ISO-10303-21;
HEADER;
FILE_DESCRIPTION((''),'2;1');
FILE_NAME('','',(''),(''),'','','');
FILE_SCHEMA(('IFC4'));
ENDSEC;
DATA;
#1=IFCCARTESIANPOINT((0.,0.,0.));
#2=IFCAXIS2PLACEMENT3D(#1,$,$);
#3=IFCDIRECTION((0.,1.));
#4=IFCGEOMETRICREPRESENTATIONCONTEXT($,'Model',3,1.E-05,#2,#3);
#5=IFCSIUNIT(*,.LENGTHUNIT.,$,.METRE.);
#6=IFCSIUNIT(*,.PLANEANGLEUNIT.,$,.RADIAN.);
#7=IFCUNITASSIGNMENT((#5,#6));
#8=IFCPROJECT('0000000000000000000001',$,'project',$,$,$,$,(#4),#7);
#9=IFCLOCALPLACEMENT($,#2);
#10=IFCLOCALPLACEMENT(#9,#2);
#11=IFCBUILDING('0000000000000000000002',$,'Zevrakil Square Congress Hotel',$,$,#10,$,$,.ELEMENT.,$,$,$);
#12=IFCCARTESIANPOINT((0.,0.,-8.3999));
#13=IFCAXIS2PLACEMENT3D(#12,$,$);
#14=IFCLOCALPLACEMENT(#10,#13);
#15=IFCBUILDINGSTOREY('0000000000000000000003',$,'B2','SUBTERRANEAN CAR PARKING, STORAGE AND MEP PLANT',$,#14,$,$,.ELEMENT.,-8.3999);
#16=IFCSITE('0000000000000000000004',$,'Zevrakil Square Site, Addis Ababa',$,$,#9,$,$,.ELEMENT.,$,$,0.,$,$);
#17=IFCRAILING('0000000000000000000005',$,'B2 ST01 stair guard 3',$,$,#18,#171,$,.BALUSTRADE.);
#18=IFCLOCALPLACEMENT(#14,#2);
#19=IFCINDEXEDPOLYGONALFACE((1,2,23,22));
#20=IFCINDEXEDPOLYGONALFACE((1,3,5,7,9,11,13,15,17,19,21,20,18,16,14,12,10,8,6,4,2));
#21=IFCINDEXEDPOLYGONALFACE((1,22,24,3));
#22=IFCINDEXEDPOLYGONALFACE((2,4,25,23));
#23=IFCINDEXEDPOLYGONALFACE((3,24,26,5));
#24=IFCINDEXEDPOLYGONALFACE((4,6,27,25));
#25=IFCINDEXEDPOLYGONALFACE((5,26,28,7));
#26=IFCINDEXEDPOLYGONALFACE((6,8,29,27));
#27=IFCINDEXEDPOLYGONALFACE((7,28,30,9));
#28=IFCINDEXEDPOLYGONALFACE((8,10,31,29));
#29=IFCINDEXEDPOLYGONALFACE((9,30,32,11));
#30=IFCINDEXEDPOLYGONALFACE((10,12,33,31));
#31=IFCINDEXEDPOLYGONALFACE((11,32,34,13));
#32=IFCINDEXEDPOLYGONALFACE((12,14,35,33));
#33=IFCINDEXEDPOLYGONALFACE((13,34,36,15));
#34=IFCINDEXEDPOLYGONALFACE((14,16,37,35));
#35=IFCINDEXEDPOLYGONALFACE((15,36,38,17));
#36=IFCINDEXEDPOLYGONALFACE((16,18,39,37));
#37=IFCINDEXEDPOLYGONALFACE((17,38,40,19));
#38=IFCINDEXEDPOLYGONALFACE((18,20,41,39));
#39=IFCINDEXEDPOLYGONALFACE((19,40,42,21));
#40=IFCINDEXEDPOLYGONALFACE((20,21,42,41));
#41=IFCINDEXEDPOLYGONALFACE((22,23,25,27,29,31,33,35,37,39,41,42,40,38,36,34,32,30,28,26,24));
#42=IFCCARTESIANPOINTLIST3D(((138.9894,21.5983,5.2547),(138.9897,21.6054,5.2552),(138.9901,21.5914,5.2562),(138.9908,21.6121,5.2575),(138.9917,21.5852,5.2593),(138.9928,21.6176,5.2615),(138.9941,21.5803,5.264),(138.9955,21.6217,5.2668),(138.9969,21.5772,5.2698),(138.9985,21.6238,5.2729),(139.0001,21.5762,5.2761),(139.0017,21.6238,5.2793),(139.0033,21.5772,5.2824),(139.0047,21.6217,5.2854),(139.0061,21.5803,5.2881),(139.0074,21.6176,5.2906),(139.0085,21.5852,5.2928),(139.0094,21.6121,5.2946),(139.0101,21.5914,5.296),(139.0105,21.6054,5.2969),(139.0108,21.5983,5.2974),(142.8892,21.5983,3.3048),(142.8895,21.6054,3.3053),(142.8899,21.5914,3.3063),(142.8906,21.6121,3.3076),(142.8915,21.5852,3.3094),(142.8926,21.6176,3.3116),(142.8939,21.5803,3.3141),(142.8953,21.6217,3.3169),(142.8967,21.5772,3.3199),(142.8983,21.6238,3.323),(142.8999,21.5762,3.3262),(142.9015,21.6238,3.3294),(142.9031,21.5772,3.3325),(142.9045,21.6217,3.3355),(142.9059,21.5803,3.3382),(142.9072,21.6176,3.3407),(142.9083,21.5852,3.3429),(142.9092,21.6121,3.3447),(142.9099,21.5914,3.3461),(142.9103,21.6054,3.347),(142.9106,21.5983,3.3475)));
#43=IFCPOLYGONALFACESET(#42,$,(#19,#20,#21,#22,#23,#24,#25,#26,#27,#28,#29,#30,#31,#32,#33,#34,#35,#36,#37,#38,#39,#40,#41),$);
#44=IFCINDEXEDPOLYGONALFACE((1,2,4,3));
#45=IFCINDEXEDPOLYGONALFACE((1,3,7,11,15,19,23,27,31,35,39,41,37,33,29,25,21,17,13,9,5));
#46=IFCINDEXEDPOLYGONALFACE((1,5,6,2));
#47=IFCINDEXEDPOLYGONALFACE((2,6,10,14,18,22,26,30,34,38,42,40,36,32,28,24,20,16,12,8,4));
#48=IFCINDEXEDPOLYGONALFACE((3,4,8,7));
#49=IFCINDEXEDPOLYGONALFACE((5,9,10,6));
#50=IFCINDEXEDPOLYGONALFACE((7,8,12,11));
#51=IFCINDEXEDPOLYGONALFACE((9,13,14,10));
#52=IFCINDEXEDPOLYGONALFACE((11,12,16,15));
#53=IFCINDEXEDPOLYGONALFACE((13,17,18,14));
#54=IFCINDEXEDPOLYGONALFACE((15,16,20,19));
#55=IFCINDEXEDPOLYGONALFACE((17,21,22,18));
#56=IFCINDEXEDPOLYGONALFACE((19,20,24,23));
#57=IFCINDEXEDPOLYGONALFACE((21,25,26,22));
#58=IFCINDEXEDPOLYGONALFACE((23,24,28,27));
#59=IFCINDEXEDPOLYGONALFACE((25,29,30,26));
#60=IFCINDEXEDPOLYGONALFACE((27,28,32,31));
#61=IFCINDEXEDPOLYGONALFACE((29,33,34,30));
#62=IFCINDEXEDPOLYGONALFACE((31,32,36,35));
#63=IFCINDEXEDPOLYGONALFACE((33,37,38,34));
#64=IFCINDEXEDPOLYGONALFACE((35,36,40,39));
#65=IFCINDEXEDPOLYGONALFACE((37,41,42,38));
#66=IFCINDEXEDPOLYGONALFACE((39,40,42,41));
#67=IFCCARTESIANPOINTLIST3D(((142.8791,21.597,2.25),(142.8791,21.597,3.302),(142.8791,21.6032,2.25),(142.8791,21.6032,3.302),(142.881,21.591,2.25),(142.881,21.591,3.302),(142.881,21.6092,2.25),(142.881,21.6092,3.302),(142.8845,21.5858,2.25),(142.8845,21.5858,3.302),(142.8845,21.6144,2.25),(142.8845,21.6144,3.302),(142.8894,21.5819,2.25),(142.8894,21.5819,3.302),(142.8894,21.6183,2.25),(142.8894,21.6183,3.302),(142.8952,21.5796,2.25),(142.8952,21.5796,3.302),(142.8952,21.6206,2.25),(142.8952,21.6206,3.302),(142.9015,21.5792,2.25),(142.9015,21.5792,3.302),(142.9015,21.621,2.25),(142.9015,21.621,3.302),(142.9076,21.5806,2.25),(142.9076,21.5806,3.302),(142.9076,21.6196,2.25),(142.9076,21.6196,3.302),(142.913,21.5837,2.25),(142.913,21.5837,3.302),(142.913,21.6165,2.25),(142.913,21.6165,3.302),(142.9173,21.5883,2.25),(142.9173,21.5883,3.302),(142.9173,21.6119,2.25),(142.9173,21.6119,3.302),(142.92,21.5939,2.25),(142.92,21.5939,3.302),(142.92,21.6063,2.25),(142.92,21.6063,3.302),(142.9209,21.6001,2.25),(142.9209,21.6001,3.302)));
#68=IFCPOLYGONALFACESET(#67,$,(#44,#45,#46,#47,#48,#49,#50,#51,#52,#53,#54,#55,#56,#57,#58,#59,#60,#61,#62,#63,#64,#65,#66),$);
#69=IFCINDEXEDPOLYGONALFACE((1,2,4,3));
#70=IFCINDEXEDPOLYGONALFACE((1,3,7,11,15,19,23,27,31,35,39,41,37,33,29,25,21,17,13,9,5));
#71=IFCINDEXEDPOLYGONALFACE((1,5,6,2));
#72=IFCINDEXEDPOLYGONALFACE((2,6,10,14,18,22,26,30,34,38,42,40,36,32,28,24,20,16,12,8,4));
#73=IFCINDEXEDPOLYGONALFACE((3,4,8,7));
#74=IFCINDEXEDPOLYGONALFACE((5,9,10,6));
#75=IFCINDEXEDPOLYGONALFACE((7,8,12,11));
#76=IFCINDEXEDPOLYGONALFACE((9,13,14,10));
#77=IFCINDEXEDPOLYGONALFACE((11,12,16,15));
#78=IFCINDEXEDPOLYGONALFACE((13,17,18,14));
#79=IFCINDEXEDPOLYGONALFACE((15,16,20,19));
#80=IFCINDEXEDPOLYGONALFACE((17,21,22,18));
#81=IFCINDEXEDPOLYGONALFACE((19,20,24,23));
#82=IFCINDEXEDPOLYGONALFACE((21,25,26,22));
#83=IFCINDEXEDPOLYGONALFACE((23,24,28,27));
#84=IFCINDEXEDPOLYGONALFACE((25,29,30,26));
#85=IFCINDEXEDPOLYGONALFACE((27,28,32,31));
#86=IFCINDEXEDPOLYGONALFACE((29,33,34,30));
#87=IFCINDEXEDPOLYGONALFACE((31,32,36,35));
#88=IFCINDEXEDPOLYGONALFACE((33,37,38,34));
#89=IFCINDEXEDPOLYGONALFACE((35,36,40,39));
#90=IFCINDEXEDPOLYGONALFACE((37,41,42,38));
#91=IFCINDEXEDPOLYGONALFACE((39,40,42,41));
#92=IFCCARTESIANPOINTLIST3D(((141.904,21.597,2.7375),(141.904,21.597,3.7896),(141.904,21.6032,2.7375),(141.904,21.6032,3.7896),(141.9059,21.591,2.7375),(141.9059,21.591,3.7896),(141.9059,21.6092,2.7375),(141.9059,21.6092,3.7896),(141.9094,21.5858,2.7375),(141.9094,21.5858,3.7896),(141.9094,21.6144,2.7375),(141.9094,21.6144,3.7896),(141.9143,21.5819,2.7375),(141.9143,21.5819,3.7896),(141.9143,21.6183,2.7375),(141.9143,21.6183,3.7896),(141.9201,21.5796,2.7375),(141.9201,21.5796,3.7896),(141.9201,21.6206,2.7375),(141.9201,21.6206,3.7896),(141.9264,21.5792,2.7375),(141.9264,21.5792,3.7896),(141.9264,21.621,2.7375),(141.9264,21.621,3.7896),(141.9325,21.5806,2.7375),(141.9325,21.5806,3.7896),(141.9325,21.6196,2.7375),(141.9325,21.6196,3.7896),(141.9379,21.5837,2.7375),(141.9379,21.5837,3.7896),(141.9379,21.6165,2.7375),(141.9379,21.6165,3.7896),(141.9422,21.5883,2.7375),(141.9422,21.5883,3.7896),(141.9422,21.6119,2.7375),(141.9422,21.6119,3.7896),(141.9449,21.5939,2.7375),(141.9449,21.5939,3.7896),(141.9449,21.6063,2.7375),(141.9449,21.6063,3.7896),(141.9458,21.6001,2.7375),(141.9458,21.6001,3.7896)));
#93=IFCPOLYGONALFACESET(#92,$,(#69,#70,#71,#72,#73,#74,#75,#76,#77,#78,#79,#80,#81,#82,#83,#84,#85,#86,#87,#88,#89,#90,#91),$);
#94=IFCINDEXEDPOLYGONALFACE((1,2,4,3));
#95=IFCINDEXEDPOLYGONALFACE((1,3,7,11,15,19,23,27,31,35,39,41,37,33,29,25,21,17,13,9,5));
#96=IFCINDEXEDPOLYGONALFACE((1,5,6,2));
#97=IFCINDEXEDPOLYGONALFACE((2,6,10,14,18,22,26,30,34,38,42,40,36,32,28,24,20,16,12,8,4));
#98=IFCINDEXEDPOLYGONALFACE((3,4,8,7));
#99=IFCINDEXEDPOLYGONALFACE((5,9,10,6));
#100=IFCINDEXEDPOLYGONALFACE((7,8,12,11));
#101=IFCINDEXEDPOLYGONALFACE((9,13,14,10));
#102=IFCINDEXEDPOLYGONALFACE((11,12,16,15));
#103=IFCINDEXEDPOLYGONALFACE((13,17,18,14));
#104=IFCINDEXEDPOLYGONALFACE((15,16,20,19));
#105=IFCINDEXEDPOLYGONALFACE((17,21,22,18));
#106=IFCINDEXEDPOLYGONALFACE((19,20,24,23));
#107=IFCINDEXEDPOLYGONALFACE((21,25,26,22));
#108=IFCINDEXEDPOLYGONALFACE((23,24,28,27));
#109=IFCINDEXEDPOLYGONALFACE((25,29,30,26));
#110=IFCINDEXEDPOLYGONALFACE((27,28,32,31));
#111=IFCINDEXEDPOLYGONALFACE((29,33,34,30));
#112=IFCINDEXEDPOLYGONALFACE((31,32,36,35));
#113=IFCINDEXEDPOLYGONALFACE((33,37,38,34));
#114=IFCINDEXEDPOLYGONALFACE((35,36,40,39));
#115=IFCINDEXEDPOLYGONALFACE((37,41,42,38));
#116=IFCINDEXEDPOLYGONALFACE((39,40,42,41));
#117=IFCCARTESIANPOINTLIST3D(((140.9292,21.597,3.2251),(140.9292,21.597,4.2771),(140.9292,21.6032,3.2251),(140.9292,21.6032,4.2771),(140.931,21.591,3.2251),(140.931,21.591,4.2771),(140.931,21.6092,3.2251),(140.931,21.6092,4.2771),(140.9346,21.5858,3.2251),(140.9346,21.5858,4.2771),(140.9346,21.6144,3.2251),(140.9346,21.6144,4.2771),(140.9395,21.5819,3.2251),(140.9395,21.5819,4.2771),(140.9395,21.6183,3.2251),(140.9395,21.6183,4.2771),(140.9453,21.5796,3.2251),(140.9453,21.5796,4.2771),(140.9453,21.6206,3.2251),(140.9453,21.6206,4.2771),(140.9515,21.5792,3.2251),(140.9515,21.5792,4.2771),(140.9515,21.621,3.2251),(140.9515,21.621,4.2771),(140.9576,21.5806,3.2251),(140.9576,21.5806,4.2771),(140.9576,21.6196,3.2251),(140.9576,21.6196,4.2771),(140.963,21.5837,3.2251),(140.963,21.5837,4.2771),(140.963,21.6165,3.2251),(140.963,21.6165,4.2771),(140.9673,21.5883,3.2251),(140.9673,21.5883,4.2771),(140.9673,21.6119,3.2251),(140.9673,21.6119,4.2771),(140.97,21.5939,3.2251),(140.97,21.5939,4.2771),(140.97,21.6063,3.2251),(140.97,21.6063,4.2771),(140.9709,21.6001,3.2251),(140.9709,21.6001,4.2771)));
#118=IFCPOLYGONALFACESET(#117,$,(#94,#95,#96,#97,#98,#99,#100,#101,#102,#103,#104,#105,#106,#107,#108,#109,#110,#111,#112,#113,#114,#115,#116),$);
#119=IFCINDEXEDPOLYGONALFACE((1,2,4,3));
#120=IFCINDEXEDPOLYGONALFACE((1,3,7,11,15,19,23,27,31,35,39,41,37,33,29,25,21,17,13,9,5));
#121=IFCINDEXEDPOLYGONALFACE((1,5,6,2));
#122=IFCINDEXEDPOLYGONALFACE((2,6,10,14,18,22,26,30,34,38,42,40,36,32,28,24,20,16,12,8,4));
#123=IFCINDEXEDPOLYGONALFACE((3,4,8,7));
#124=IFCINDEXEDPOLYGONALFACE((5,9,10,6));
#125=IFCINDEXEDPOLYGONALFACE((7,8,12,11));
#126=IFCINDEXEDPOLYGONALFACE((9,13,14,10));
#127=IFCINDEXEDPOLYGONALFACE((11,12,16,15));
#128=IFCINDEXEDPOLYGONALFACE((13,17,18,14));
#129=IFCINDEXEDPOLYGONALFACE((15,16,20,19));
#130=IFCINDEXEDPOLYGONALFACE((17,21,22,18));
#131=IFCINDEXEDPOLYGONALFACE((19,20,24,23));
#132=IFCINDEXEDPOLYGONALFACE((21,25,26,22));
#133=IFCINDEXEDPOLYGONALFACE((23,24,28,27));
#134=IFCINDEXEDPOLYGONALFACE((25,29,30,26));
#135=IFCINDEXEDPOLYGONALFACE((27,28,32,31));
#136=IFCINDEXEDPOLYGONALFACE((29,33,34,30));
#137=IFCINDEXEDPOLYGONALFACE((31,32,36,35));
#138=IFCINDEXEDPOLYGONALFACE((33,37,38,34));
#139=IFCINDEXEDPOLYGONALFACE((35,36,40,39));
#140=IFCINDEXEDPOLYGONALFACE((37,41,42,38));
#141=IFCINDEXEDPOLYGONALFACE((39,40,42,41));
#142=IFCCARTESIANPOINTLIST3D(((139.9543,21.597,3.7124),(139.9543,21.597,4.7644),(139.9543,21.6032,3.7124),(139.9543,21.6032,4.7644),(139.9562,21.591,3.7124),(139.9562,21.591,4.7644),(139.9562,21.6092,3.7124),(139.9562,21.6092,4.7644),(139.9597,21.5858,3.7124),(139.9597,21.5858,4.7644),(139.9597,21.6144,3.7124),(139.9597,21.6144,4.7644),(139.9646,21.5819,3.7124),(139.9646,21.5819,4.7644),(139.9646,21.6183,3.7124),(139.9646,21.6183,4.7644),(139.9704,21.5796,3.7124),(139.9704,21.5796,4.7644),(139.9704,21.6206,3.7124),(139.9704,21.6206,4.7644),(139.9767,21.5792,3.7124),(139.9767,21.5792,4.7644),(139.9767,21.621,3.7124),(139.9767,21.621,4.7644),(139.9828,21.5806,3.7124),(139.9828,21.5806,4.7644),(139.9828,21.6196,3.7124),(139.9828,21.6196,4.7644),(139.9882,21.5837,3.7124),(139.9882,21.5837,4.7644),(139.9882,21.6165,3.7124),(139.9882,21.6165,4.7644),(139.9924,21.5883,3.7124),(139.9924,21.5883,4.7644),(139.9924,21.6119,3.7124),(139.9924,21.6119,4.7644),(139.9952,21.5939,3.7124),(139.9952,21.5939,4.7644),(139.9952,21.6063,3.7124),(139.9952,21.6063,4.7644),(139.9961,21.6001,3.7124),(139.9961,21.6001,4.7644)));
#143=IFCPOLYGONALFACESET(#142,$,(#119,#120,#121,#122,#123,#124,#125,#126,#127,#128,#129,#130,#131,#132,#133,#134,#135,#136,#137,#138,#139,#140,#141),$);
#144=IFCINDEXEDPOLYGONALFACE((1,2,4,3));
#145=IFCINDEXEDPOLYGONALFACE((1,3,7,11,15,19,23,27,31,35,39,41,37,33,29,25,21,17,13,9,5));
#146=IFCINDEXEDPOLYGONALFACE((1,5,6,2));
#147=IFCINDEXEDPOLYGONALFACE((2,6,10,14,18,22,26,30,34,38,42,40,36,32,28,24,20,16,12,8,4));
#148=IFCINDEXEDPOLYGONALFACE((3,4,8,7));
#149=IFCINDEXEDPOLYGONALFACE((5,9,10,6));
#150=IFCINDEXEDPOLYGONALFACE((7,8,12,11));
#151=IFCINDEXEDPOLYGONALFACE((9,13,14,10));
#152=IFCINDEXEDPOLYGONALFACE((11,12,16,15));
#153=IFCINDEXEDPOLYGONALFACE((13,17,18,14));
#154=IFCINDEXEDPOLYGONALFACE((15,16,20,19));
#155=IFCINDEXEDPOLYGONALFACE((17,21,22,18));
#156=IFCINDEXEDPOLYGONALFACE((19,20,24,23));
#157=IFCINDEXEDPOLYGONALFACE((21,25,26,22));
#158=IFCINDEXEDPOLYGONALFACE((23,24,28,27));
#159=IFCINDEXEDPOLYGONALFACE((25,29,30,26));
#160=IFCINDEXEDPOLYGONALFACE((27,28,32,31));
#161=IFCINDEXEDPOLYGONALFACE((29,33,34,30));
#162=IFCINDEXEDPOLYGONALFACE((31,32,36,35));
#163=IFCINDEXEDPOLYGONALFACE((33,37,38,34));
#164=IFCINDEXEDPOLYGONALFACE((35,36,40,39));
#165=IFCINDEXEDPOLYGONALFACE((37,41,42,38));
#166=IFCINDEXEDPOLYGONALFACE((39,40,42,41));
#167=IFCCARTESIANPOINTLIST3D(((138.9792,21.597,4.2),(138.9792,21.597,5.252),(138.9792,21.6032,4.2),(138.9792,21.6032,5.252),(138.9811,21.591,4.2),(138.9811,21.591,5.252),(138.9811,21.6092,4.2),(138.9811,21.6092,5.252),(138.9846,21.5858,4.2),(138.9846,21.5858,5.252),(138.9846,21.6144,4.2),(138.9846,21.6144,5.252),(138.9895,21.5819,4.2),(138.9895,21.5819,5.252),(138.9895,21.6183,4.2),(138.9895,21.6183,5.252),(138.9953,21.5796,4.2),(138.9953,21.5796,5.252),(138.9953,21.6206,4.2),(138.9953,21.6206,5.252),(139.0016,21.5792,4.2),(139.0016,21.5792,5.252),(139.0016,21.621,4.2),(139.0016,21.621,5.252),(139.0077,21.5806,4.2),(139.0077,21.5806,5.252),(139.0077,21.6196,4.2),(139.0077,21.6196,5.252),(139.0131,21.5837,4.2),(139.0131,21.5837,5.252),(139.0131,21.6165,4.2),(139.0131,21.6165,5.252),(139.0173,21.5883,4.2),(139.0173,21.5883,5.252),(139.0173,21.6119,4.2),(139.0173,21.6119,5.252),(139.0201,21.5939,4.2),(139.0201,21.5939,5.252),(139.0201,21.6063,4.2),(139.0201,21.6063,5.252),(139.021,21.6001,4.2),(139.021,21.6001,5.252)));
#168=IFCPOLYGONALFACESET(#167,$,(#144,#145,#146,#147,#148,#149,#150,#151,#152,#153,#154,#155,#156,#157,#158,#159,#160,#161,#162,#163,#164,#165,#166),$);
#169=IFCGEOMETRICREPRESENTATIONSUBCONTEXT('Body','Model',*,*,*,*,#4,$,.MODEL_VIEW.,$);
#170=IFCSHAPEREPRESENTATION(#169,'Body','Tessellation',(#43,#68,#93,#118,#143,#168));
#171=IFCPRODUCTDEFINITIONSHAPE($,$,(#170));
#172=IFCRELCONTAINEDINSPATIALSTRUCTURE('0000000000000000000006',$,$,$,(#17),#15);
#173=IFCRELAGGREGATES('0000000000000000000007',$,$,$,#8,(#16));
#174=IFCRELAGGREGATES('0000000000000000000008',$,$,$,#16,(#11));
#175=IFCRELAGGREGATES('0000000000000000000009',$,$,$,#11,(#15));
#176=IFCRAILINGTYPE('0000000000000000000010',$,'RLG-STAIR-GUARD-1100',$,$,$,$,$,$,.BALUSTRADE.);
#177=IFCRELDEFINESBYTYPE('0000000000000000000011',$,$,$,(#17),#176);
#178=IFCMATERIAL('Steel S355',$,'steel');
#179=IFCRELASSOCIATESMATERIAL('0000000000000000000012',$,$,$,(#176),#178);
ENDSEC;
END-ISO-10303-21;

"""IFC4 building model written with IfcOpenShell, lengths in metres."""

from ifc_helpers import new_model, si_unit, direction, frame, origin, origin_2d, place, context, subcontext, project, spatial, circle, extrude, material, type_object, element, save


model = new_model("IFC4")

# Units and contexts
model_context = context("Model", 3, precision=1e-05, world=origin(), true_north=direction((0.0, 1.0)))
body_context = subcontext(model_context, "Body", "Model", "MODEL_VIEW")
ifc_project = project(units=[si_unit("LENGTHUNIT", "METRE"), si_unit("PLANEANGLEUNIT", "RADIAN")], contexts=[model_context])

# Site, building, storey
site_placement = place(None, origin())
site = spatial("IfcSite", under=ifc_project, at=site_placement, Name="Zevrakil Square Site, Addis Ababa", CompositionType="ELEMENT", RefElevation=0.0)
building_placement = place(site_placement, origin())
building = spatial("IfcBuilding", under=site, at=building_placement, Name="Zevrakil Square Congress Hotel", CompositionType="ELEMENT")
storey_placement = place(building_placement, frame((0.0, 0.0, -8.3999)))
storey = spatial("IfcBuildingStorey", under=building, at=storey_placement, Name="B2", Description="SUBTERRANEAN CAR PARKING, STORAGE AND MEP PLANT", CompositionType="ELEMENT", Elevation=-8.3999)

# Railing
ifc_material_1 = material(Name="Steel S355", Category="steel")
railing_type_1 = type_object("IfcRailingType", Name="RLG-STAIR-GUARD-1100", PredefinedType="BALUSTRADE", material=ifc_material_1)
railing_1_placement = place(storey_placement, frame((142.8999, 21.6001, 2.25)))
element("IfcRailing", 1, at=railing_1_placement, inside=storey, type_object=railing_type_1, Name="B2 ST01 stair guard 3", PredefinedType="BALUSTRADE", context=body_context, shape_type="SweptSolid", body=[
    extrude(circle(Radius=0.0239, at=origin_2d()), frame((0.0, 0.0, 1.0762), z_axis=(-0.894427, 0.0, 0.447214), x_axis=(0.0, -1.0, 0.0)), (0.0, 0.0, 1.0), 4.3601),
    extrude(circle(Radius=0.021, at=origin_2d()), origin(), (0.0, 0.0, 1.0), 1.052),
    extrude(circle(Radius=0.021, at=origin_2d()), frame((-0.9751, 0.0, 0.4875)), (0.0, 0.0, 1.0), 1.052),
    extrude(circle(Radius=0.021, at=origin_2d()), frame((-1.95, 0.0, 0.9751)), (0.0, 0.0, 1.0), 1.052),
    extrude(circle(Radius=0.021, at=origin_2d()), frame((-2.9248, 0.0, 1.4624)), (0.0, 0.0, 1.0), 1.052),
    extrude(circle(Radius=0.021, at=origin_2d()), frame((-3.8999, 0.0, 1.95)), (0.0, 0.0, 1.0), 1.052),
])

save(model, "model.ifc")
